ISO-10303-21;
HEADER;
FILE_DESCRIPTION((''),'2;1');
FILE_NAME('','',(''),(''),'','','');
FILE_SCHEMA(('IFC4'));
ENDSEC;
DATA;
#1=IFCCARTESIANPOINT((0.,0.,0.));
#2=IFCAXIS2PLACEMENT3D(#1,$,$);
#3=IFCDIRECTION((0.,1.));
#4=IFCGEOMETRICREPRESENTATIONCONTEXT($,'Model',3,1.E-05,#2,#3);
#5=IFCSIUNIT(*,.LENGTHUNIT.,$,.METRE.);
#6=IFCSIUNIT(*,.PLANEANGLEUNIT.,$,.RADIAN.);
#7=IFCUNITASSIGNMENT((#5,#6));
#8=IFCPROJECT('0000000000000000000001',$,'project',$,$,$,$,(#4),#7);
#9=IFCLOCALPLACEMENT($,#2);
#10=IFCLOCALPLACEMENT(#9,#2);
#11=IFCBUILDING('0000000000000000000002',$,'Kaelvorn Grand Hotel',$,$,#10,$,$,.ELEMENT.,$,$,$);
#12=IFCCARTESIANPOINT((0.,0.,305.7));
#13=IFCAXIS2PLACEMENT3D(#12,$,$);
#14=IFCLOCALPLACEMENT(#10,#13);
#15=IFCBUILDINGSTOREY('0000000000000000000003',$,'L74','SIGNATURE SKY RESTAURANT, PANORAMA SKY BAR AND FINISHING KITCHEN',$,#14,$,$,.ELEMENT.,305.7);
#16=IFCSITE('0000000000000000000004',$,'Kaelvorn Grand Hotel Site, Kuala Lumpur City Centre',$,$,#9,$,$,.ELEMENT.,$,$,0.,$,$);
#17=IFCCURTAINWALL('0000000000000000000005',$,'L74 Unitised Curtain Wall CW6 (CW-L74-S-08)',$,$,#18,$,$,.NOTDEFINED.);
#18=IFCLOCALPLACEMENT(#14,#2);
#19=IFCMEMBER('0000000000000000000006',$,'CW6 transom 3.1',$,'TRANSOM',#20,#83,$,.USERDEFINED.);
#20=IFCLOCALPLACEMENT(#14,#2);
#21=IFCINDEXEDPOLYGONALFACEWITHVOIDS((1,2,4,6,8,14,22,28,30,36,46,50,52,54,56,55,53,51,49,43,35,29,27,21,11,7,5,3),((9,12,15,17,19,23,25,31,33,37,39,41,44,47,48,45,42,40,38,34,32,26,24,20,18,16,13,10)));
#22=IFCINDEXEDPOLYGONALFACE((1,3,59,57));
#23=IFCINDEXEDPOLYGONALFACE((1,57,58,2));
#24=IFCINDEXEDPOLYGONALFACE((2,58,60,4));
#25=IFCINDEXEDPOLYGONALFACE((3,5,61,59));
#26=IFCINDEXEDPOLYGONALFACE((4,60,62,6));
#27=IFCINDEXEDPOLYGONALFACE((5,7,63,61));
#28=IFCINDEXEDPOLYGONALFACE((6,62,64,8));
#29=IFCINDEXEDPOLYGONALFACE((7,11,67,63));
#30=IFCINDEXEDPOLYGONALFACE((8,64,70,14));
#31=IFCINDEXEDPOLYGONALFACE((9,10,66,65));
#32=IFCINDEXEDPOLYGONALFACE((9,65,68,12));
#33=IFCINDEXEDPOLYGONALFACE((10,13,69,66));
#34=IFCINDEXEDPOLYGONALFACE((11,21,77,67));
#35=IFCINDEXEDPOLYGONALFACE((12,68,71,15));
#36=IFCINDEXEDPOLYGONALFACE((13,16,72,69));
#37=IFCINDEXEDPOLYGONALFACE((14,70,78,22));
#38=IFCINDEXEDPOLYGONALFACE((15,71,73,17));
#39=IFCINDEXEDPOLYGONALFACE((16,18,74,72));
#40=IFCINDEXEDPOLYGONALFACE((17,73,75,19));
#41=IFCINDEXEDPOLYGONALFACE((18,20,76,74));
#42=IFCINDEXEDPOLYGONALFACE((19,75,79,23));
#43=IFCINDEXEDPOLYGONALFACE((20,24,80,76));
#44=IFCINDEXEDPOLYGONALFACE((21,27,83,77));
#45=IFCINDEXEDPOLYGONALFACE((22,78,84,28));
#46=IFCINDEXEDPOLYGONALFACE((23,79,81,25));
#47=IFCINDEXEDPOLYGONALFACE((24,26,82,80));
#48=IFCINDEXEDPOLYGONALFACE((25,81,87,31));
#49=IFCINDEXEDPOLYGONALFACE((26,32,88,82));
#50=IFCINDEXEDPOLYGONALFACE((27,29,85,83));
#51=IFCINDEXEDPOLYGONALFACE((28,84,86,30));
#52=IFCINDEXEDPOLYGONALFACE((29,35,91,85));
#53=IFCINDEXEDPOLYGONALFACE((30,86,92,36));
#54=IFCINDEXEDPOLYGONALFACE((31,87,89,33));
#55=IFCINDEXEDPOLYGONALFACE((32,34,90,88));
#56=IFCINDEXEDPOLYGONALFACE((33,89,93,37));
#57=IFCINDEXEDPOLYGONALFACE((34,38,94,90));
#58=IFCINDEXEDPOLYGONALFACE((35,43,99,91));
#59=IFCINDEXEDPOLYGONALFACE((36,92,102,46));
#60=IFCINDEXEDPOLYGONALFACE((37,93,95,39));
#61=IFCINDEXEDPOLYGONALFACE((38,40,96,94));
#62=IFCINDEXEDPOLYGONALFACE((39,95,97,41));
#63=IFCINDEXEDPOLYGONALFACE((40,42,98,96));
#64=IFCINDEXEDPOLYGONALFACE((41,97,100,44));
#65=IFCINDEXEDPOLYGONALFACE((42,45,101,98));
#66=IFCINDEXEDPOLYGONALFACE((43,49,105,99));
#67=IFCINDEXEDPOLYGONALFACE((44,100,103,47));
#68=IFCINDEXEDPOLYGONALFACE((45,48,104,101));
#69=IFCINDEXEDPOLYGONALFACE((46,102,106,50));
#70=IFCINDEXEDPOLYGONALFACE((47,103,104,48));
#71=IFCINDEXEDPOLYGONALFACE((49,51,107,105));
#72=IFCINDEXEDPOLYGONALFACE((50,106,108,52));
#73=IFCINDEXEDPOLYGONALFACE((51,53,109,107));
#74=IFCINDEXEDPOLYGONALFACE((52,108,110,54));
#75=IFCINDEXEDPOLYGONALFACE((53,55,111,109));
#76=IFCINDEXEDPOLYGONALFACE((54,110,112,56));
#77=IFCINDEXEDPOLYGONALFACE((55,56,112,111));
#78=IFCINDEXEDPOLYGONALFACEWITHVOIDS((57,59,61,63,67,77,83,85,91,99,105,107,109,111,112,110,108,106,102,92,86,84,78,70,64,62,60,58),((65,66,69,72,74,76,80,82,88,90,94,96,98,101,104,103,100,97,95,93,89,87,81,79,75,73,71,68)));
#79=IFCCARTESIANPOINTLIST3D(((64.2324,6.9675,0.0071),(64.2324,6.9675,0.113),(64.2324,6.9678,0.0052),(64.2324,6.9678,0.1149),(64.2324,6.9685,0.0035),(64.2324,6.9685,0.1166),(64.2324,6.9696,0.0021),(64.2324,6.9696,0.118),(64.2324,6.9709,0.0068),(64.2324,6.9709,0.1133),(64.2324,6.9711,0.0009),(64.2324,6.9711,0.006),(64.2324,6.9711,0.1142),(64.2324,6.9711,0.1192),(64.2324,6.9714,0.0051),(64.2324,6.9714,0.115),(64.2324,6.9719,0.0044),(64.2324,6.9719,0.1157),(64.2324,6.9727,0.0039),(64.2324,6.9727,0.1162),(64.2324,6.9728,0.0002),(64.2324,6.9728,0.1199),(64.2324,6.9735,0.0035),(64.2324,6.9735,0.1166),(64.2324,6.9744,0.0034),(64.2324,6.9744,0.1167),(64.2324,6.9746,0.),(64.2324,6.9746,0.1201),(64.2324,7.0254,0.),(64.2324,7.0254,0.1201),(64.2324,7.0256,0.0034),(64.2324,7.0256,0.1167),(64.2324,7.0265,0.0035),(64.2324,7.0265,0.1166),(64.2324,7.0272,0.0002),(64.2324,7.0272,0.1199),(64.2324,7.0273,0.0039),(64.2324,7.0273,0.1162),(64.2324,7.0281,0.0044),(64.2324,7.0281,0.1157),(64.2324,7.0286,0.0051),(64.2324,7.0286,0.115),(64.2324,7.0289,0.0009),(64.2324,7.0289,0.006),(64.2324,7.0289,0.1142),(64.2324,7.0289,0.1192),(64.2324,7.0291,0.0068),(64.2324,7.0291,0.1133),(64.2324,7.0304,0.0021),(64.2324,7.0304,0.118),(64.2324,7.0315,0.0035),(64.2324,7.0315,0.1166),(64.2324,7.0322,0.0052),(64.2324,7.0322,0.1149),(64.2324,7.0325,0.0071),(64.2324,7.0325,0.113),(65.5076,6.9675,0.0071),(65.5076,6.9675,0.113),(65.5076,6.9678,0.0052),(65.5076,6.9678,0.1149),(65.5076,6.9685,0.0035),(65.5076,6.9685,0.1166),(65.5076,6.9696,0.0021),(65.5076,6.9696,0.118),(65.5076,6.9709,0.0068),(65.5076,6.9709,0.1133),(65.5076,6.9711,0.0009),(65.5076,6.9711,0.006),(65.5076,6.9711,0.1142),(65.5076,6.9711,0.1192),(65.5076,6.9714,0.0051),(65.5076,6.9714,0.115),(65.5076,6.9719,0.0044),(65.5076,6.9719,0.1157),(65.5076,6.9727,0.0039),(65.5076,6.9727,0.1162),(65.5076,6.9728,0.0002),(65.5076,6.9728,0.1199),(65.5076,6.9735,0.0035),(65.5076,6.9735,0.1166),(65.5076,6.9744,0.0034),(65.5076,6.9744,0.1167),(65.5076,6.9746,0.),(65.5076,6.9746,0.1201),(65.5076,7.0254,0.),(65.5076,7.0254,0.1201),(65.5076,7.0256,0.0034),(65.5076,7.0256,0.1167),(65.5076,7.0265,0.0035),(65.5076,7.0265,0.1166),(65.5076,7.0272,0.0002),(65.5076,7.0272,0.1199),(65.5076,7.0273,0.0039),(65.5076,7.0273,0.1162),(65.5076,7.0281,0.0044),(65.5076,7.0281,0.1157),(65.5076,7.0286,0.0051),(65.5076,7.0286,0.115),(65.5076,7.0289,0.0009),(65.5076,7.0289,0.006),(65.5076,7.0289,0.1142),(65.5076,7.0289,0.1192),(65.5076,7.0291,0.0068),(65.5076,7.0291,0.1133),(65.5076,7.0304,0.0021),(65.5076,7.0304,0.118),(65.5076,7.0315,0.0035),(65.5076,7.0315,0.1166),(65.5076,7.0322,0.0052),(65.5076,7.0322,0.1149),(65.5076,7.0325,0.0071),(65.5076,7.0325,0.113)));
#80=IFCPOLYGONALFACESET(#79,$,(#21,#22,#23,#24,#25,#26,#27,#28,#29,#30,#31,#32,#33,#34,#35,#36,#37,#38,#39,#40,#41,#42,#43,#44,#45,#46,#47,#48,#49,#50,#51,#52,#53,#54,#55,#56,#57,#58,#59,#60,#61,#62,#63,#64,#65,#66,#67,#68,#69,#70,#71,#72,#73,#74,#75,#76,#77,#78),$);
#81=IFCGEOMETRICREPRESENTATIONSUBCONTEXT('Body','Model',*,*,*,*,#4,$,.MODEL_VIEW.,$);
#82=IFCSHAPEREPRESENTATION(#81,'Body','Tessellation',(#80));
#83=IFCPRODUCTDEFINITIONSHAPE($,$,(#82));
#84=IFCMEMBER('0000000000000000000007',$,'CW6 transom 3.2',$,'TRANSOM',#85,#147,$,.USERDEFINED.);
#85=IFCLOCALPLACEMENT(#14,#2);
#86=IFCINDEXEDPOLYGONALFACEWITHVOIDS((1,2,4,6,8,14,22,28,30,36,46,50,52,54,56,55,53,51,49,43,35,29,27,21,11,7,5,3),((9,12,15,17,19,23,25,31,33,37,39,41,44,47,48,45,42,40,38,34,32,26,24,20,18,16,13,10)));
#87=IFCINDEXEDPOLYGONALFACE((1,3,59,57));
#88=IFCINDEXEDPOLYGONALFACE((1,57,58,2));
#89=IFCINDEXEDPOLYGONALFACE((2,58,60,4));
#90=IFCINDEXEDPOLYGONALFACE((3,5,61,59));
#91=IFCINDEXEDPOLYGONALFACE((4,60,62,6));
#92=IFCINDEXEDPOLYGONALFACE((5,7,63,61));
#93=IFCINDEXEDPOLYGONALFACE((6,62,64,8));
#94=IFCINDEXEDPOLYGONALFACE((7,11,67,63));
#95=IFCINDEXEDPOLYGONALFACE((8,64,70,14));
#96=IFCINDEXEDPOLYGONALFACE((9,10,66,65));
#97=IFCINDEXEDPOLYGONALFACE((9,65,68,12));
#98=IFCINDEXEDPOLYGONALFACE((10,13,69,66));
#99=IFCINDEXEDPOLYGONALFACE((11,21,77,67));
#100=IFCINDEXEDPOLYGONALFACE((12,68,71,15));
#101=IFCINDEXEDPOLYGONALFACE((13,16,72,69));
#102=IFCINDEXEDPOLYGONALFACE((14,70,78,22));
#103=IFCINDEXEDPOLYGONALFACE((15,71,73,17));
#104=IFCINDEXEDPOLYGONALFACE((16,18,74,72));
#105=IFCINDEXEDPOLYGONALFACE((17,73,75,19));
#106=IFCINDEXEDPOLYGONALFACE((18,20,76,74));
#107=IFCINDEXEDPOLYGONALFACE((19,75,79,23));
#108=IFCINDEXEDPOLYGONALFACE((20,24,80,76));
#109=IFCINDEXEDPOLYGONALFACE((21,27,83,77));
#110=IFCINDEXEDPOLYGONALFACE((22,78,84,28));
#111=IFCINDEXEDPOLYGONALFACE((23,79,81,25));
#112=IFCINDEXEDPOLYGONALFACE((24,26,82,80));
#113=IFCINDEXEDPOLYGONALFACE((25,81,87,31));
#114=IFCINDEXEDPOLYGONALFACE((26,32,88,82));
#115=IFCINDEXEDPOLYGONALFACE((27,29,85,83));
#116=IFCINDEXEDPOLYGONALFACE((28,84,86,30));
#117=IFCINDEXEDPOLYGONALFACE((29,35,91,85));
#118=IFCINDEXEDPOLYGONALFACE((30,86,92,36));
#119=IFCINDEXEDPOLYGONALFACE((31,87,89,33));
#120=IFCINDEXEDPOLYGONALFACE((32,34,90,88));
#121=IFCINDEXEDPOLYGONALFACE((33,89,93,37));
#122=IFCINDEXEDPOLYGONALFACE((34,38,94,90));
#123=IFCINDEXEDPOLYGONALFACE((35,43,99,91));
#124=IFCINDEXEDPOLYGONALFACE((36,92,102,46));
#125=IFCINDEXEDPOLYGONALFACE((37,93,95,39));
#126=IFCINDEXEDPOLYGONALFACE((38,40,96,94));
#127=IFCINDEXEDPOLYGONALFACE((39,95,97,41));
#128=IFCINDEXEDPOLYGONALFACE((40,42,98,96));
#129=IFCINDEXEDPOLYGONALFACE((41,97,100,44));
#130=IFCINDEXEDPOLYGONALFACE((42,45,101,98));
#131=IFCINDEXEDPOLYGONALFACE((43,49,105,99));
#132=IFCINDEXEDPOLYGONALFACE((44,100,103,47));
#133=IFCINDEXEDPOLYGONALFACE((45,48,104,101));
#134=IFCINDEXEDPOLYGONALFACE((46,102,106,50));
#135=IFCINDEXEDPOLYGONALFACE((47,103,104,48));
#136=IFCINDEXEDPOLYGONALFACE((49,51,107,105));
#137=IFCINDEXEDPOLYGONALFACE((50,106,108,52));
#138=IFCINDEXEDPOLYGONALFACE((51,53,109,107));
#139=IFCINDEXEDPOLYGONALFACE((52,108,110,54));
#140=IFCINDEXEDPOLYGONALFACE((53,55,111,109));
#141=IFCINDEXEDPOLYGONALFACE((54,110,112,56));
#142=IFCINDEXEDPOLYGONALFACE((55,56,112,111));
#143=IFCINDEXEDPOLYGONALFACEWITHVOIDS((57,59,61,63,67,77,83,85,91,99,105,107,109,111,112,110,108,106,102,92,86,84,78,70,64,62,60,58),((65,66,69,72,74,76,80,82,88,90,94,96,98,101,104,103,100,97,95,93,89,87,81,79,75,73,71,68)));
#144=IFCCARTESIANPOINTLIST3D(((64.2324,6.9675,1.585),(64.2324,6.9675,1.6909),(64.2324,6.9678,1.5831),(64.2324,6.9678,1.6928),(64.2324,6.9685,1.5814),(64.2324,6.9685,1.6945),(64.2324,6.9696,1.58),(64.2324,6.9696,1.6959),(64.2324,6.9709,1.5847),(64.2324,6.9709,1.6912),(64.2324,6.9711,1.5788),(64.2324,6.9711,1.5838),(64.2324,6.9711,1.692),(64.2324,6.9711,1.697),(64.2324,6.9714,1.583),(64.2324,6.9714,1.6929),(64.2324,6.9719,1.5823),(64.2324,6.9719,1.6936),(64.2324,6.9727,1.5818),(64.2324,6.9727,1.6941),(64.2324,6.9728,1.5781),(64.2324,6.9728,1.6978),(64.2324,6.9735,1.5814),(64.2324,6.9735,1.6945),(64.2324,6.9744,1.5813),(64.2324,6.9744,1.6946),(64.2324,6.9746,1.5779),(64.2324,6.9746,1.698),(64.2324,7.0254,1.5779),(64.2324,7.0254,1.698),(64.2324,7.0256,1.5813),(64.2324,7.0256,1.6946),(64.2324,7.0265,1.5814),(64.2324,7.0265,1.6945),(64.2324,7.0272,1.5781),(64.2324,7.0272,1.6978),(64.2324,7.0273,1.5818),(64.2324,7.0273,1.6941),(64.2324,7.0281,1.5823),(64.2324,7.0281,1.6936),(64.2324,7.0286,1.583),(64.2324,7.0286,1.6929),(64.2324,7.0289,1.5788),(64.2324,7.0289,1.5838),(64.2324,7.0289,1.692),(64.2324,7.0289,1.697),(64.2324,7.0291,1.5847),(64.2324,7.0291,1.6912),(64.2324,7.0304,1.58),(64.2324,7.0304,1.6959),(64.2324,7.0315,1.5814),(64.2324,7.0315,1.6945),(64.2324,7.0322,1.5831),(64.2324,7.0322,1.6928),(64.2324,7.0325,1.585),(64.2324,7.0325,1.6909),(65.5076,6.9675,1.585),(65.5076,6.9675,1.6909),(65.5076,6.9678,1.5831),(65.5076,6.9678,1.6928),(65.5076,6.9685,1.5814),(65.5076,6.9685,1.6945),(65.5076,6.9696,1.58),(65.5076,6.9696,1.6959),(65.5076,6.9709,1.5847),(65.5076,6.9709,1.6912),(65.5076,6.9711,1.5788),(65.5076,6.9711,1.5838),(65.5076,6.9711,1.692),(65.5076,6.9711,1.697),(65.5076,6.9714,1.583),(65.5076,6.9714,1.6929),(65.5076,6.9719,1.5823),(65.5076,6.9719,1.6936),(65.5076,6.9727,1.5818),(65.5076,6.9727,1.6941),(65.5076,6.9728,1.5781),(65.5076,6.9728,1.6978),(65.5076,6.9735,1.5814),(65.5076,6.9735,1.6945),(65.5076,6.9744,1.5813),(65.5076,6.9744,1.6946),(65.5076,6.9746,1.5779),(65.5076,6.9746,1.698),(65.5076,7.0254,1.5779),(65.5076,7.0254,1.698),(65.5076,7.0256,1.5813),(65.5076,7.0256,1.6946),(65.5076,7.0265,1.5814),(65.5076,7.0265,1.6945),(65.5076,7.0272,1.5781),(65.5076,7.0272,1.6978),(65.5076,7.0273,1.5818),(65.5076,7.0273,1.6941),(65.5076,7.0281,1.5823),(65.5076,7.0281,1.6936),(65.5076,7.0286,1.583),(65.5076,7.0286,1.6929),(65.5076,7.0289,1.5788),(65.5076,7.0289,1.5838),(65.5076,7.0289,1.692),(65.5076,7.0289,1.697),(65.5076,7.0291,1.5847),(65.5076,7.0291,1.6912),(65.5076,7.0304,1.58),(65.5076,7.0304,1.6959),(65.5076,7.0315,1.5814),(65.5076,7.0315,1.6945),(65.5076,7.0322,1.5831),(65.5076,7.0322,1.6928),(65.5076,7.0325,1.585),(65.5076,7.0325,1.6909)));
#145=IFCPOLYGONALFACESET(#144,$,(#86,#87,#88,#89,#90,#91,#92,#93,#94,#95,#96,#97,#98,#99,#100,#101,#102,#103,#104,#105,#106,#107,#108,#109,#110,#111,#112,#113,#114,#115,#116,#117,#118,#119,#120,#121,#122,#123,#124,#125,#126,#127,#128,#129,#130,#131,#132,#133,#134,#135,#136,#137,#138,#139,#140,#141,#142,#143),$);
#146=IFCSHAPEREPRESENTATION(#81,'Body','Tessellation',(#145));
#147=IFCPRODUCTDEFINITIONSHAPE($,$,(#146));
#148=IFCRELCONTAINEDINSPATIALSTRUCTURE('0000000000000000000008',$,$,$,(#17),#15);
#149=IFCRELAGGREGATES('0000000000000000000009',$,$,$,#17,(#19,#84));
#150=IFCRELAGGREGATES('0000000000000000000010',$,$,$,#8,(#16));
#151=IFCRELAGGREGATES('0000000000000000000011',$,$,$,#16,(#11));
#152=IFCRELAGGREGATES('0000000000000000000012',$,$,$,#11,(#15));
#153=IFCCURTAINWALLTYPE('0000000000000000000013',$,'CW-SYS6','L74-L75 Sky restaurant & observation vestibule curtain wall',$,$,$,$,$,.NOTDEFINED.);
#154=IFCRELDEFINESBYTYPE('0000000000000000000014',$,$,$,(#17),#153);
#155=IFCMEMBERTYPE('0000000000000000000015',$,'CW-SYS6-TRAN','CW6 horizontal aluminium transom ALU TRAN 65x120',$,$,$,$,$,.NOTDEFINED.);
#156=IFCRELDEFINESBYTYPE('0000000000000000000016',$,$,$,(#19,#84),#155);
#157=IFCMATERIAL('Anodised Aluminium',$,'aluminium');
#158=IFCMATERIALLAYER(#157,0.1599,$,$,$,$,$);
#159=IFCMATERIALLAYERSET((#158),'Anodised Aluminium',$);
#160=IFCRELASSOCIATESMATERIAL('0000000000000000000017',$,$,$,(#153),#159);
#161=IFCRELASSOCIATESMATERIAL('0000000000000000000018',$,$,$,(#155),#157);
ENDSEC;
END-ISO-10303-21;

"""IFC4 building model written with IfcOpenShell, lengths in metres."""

from ifc_helpers import new_model, si_unit, direction, frame, origin, origin_2d, place, context, subcontext, project, spatial, hollow_rectangle, extrude, material, layer, layer_set, material_profile, profile_set, type_object, element, aggregate, save


model = new_model("IFC4")

# Units and contexts
model_context = context("Model", 3, precision=1e-05, world=origin(), true_north=direction((0.0, 1.0)))
body_context = subcontext(model_context, "Body", "Model", "MODEL_VIEW")
ifc_project = project(units=[si_unit("LENGTHUNIT", "METRE"), si_unit("PLANEANGLEUNIT", "RADIAN")], contexts=[model_context])

# Site, building, storey
site_placement = place(None, origin())
site = spatial("IfcSite", under=ifc_project, at=site_placement, Name="Kaelvorn Grand Hotel Site, Kuala Lumpur City Centre", CompositionType="ELEMENT", RefElevation=0.0)
building_placement = place(site_placement, origin())
building = spatial("IfcBuilding", under=site, at=building_placement, Name="Kaelvorn Grand Hotel", CompositionType="ELEMENT")
storey_placement = place(building_placement, frame((0.0, 0.0, 305.7)))
storey = spatial("IfcBuildingStorey", under=building, at=storey_placement, Name="L74", Description="SIGNATURE SKY RESTAURANT, PANORAMA SKY BAR AND FINISHING KITCHEN", CompositionType="ELEMENT", Elevation=305.7)

# Curtain wall, members
ifc_material_1 = material(Name="Anodised Aluminium", Category="aluminium")
ifc_layer_1 = layer(ifc_material_1, 0.1599)
ifc_layer_set_1 = layer_set([ifc_layer_1], Name="Anodised Aluminium")
curtain_wall_type = type_object("IfcCurtainWallType", Name="CW-SYS6", Description="L74-L75 Sky restaurant & observation vestibule curtain wall", PredefinedType="NOTDEFINED", material=ifc_layer_set_1)
curtain_wall_placement = place(storey_placement, origin())
curtain_wall = element("IfcCurtainWall", 1, at=curtain_wall_placement, inside=storey, type_object=curtain_wall_type, Name="L74 Unitised Curtain Wall CW6 (CW-L74-S-08)", PredefinedType="NOTDEFINED")
ifc_material_profile_1 = material_profile(ifc_material_1, hollow_rectangle(XDim=0.0649, YDim=0.1201, WallThickness=0.0034, InnerFilletRadius=0.0034, OuterFilletRadius=0.0071, at=origin_2d()), Name="ALU TRAN 65x120")
ifc_profile_set_1 = profile_set([ifc_material_profile_1], Name="Anodised Aluminium")
member_type_1 = type_object("IfcMemberType", Name="CW-SYS6-TRAN", Description="CW6 horizontal aluminium transom ALU TRAN 65x120", PredefinedType="NOTDEFINED", material=ifc_profile_set_1)
member_1_placement = place(storey_placement, frame((64.2324, 7.0, 0.0601), z_axis=(1.0, 0.0, 0.0), x_axis=(0.0, 1.0, 0.0)))
member_1 = element("IfcMember", 2, at=member_1_placement, type_object=member_type_1, Name="CW6 transom 3.1", ObjectType="TRANSOM", PredefinedType="USERDEFINED", context=body_context, shape_type="SweptSolid", body=[
    extrude(hollow_rectangle(XDim=0.0649, YDim=0.1201, WallThickness=0.0034, InnerFilletRadius=0.0034, OuterFilletRadius=0.0071, at=origin_2d()), origin(), (0.0, 0.0, 1.0), 1.2751),
])
member_2_placement = place(storey_placement, frame((64.2324, 7.0, 1.6379), z_axis=(1.0, 0.0, 0.0), x_axis=(0.0, 1.0, 0.0)))
member_2 = element("IfcMember", 3, at=member_2_placement, type_object=member_type_1, Name="CW6 transom 3.2", ObjectType="TRANSOM", PredefinedType="USERDEFINED", context=body_context, shape_type="SweptSolid", body=[
    extrude(hollow_rectangle(XDim=0.0649, YDim=0.1201, WallThickness=0.0034, InnerFilletRadius=0.0034, OuterFilletRadius=0.0071, at=origin_2d()), origin(), (0.0, 0.0, 1.0), 1.2751),
])
aggregate(curtain_wall, [member_1, member_2])

save(model, "model.ifc")
